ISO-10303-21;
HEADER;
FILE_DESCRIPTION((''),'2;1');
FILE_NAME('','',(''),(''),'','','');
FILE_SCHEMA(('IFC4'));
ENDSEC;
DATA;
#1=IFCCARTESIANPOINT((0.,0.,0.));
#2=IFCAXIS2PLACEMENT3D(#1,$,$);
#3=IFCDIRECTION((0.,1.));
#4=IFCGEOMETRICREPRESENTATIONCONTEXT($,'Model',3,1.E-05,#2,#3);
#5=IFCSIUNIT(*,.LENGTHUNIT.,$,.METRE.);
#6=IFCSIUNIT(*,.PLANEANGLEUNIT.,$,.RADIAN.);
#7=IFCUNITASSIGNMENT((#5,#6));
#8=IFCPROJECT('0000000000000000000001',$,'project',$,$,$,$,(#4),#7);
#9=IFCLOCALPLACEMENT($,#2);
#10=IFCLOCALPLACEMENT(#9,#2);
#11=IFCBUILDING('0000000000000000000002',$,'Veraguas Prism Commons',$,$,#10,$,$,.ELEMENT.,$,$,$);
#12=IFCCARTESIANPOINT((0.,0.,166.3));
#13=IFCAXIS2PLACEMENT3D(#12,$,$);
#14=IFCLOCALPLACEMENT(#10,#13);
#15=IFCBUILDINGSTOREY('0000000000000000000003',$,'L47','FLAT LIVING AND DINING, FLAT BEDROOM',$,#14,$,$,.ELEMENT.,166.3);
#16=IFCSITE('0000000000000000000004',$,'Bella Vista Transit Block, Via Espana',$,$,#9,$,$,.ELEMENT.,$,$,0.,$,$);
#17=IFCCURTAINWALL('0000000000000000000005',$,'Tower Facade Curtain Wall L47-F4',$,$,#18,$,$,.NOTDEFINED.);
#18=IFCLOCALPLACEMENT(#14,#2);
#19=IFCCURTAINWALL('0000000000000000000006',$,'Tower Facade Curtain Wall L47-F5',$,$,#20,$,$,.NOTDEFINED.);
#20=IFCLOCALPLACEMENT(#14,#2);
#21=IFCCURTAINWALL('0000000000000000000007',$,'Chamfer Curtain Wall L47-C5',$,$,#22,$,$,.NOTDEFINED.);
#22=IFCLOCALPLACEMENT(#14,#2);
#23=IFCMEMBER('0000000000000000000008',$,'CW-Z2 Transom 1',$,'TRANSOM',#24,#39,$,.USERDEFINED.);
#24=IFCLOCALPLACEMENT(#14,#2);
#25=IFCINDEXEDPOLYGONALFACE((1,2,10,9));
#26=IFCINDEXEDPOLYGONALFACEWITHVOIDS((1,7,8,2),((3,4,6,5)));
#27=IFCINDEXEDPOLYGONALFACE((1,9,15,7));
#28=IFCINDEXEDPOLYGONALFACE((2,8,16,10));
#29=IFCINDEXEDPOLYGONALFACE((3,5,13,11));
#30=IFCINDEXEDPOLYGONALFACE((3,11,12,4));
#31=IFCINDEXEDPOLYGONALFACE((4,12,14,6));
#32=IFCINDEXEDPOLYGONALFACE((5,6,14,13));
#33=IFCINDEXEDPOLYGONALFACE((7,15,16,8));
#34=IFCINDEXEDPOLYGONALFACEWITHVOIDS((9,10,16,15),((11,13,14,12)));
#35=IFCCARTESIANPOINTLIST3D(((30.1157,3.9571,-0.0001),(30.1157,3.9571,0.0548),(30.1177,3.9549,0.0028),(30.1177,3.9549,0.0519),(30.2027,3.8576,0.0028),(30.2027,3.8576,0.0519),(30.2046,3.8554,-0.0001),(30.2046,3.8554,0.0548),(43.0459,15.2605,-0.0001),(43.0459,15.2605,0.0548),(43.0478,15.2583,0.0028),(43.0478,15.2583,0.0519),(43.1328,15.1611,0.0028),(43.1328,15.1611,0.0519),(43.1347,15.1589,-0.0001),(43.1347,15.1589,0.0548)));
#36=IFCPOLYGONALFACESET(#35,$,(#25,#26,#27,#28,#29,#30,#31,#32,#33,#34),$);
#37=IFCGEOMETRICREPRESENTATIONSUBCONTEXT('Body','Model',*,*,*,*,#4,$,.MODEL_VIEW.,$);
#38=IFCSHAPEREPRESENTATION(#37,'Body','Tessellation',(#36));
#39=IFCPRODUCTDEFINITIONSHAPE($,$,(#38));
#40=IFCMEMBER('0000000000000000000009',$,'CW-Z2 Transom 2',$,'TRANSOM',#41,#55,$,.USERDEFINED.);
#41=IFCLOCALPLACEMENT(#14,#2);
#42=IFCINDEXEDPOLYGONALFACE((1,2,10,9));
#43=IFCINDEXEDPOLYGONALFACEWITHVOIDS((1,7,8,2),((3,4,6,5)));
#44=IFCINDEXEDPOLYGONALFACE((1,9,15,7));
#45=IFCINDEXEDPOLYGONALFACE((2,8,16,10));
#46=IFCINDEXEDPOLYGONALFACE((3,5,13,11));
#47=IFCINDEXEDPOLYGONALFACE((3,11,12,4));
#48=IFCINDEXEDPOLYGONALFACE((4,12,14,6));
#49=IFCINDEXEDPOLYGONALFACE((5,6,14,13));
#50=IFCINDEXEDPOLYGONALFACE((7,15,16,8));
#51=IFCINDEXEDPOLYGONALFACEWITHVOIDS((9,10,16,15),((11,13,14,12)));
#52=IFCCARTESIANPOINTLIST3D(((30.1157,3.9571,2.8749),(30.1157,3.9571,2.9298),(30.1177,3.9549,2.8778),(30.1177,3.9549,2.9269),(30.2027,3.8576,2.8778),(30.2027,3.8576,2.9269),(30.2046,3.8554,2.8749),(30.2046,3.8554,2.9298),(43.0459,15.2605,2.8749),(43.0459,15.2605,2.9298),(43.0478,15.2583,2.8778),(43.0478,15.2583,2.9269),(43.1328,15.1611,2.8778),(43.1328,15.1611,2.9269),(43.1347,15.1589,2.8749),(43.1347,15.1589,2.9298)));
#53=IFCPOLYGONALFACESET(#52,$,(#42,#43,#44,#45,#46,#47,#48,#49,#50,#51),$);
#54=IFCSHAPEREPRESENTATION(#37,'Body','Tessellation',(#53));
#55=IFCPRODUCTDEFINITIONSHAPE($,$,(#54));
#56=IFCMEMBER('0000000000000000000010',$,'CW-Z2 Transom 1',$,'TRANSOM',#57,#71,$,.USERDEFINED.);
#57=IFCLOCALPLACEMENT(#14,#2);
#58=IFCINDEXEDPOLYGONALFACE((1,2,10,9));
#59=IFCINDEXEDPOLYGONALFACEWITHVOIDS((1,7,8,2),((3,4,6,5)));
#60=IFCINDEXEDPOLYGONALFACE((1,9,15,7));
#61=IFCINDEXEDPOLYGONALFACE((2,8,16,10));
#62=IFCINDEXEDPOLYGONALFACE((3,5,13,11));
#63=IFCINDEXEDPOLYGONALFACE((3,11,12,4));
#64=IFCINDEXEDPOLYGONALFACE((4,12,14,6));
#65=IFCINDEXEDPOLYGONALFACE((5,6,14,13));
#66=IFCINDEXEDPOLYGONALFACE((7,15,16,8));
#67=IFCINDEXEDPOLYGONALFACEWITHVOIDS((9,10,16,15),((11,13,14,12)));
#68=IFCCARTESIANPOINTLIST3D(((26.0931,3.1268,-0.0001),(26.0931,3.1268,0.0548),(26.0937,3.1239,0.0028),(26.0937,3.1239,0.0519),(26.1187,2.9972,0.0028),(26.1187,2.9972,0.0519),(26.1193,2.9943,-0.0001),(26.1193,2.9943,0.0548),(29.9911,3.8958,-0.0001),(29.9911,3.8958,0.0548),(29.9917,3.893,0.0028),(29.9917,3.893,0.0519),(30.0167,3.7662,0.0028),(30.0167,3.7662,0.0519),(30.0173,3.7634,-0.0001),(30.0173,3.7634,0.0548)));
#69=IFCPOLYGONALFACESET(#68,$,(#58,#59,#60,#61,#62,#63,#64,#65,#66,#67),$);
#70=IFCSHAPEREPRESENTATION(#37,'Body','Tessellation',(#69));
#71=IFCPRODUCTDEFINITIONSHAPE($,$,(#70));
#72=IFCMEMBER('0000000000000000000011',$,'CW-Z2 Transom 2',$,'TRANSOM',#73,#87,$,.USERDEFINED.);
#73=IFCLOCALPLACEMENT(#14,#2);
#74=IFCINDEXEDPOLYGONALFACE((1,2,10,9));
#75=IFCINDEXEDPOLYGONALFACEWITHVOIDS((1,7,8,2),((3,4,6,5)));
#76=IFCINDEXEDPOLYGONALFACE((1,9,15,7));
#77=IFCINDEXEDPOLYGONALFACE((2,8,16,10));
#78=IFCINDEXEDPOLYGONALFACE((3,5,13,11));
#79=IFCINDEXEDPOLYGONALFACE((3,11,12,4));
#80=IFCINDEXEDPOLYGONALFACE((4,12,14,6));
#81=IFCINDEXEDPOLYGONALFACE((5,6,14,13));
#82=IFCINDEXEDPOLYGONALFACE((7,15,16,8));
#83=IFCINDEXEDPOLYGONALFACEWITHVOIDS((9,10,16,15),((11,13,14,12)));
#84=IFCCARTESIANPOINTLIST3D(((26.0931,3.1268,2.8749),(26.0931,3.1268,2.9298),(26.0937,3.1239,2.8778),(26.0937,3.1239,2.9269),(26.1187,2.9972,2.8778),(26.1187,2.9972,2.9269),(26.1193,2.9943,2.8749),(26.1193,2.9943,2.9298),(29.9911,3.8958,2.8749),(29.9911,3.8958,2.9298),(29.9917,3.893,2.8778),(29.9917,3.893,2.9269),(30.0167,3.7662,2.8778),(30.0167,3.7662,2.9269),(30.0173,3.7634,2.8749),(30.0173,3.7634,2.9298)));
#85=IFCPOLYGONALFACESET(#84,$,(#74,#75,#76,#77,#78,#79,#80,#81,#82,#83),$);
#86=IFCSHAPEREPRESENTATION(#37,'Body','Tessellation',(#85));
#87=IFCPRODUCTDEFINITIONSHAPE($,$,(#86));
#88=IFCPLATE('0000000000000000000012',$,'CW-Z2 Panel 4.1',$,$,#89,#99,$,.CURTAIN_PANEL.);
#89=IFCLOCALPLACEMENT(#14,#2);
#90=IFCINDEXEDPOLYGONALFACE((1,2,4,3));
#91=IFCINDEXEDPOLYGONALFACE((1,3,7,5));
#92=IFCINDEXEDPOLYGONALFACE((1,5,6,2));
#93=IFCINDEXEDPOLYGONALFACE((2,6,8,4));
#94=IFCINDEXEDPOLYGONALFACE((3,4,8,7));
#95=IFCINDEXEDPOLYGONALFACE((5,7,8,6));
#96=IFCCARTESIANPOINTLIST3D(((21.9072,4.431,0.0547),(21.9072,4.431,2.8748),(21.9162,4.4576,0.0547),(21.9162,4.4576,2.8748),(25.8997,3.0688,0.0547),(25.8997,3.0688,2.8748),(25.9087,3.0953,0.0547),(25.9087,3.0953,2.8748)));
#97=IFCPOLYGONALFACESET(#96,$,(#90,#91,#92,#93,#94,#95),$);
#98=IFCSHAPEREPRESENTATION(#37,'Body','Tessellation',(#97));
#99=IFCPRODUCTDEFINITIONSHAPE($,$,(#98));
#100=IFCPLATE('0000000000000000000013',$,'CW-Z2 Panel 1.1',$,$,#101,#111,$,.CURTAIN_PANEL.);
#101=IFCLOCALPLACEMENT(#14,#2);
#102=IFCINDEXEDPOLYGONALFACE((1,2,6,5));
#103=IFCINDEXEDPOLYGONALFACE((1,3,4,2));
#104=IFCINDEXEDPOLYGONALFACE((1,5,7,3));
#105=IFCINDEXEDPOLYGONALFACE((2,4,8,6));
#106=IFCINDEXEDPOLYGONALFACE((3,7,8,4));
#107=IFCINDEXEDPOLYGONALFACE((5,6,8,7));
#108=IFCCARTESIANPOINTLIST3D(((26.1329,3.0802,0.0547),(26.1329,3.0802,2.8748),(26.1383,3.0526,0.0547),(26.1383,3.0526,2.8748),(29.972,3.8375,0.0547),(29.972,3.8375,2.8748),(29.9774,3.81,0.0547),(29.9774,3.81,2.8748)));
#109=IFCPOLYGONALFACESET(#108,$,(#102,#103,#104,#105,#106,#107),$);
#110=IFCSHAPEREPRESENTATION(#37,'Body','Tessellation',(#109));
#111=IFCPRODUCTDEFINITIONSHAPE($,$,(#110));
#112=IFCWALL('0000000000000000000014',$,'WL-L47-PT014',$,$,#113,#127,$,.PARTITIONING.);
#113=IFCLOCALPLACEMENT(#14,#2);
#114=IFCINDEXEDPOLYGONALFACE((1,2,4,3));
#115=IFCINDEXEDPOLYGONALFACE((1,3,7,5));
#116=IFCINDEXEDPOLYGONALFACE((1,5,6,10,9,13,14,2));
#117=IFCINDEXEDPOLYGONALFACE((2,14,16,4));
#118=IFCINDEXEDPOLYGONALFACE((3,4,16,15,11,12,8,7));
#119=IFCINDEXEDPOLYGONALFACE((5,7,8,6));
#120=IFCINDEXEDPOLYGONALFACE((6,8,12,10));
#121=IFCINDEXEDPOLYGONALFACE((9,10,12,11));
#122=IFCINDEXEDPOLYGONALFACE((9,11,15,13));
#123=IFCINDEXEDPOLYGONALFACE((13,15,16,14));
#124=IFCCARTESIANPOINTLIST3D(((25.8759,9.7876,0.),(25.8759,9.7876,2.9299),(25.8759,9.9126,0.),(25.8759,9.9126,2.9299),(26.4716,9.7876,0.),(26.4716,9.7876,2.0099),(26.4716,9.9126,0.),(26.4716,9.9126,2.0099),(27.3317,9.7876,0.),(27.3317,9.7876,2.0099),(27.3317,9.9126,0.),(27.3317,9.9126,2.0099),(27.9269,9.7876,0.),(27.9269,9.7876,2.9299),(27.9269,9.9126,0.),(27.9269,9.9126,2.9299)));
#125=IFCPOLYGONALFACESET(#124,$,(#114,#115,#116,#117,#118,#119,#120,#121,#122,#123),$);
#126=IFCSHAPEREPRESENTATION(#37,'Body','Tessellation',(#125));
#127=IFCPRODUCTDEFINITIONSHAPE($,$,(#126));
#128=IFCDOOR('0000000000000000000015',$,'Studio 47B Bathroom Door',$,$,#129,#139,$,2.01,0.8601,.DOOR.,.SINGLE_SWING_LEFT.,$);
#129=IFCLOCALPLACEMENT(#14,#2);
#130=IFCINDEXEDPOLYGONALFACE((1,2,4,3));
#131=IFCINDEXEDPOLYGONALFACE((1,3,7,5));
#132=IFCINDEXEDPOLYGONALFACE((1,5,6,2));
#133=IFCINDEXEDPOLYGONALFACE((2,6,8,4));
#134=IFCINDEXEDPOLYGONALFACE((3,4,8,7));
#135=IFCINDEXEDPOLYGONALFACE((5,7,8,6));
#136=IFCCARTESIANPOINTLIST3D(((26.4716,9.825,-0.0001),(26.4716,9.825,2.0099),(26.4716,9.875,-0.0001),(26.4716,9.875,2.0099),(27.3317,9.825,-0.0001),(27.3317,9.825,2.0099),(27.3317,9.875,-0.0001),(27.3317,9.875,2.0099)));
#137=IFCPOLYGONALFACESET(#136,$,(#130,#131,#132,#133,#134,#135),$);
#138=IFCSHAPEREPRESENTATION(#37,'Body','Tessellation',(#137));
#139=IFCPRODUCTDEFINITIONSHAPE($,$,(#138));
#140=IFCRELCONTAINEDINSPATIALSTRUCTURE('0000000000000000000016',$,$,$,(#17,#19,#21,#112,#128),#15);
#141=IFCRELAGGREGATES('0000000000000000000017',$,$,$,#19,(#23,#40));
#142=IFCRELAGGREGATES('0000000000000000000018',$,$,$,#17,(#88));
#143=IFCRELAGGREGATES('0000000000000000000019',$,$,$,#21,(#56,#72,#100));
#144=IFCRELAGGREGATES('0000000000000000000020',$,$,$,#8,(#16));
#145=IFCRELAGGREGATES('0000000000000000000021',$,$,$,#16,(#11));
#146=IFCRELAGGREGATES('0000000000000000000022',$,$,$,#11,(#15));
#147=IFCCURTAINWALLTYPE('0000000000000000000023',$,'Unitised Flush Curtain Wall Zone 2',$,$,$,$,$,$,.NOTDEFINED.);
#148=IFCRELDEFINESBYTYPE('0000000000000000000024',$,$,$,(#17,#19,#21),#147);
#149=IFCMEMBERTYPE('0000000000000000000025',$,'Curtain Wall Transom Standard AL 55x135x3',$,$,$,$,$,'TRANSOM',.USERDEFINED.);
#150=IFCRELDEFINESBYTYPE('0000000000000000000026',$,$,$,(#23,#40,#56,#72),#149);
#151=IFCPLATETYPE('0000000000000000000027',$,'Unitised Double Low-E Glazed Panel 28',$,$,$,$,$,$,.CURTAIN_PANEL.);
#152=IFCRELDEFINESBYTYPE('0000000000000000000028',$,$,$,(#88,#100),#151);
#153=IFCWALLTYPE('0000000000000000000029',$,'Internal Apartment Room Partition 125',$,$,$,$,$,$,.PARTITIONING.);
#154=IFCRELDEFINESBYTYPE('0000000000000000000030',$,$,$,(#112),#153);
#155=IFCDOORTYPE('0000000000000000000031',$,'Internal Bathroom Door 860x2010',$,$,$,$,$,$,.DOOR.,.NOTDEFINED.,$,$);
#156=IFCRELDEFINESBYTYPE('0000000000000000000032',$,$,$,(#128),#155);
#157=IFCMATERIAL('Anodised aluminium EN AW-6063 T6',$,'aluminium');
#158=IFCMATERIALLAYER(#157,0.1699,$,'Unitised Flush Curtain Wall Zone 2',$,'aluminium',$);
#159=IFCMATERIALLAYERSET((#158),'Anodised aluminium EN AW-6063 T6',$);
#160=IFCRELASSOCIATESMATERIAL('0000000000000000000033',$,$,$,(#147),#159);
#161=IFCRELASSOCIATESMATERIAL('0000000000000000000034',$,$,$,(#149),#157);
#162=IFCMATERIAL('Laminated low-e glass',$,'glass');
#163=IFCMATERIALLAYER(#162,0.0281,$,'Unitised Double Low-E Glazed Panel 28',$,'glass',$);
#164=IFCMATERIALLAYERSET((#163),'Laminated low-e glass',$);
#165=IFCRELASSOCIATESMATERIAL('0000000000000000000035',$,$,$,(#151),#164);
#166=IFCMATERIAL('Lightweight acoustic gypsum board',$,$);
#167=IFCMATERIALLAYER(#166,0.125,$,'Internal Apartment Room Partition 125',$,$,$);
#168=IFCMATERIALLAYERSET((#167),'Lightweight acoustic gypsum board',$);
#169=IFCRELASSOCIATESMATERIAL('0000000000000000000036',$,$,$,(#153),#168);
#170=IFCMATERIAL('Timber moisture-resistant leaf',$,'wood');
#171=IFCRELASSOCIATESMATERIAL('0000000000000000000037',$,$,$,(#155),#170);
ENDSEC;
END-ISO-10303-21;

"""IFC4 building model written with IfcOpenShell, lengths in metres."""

from ifc_helpers import new_model, si_unit, direction, frame, frame_2d, origin, origin_2d, place, context, subcontext, project, spatial, rectangle, hollow_rectangle, extrude, source, transform, mapped, material, layer, layer_set, material_profile, profile_set, type_object, element, fill, aggregate, save


model = new_model("IFC4")

# Units and contexts
model_context = context("Model", 3, precision=1e-05, world=origin(), true_north=direction((0.0, 1.0)))
body_context = subcontext(model_context, "Body", "Model", "MODEL_VIEW")
ifc_project = project(units=[si_unit("LENGTHUNIT", "METRE"), si_unit("PLANEANGLEUNIT", "RADIAN")], contexts=[model_context])

# Site, building, storey
site_placement = place(None, origin())
site = spatial("IfcSite", under=ifc_project, at=site_placement, Name="Bella Vista Transit Block, Via Espana", CompositionType="ELEMENT", RefElevation=0.0)
building_placement = place(site_placement, origin())
building = spatial("IfcBuilding", under=site, at=building_placement, Name="Veraguas Prism Commons", CompositionType="ELEMENT")
storey_placement = place(building_placement, frame((0.0, 0.0, 166.3)))
storey = spatial("IfcBuildingStorey", under=building, at=storey_placement, Name="L47", Description="FLAT LIVING AND DINING, FLAT BEDROOM", CompositionType="ELEMENT", Elevation=166.3)

# Curtain wall
ifc_material_1 = material(Name="Anodised aluminium EN AW-6063 T6", Category="aluminium")
ifc_layer_1 = layer(ifc_material_1, 0.1699, Name="Unitised Flush Curtain Wall Zone 2", Category="aluminium")
ifc_layer_set_1 = layer_set([ifc_layer_1], Name="Anodised aluminium EN AW-6063 T6")
curtain_wall_type = type_object("IfcCurtainWallType", Name="Unitised Flush Curtain Wall Zone 2", PredefinedType="NOTDEFINED", material=ifc_layer_set_1)
curtain_wall_1_placement = place(storey_placement, origin())
curtain_wall_1 = element("IfcCurtainWall", 1, at=curtain_wall_1_placement, inside=storey, type_object=curtain_wall_type, Name="Tower Facade Curtain Wall L47-F4", PredefinedType="NOTDEFINED")

# Curtain wall
curtain_wall_2_placement = place(storey_placement, origin())
curtain_wall_2 = element("IfcCurtainWall", 2, at=curtain_wall_2_placement, inside=storey, type_object=curtain_wall_type, Name="Tower Facade Curtain Wall L47-F5", PredefinedType="NOTDEFINED")

# Curtain wall
curtain_wall_3_placement = place(storey_placement, origin())
curtain_wall_3 = element("IfcCurtainWall", 3, at=curtain_wall_3_placement, inside=storey, type_object=curtain_wall_type, Name="Chamfer Curtain Wall L47-C5", PredefinedType="NOTDEFINED")

# Members
ifc_material_profile_1 = material_profile(ifc_material_1, hollow_rectangle(XDim=0.0549, YDim=0.135, WallThickness=0.0029, at=origin_2d()), Name="AL55X135X3")
ifc_profile_set_1 = profile_set([ifc_material_profile_1], Name="Anodised aluminium EN AW-6063 T6")
member_type_1 = type_object("IfcMemberType", Name="Curtain Wall Transom Standard AL 55x135x3", ElementType="TRANSOM", PredefinedType="USERDEFINED", material=ifc_profile_set_1)
shared_shape_1 = source(origin(), body_context, "Body", "SweptSolid", [
    extrude(hollow_rectangle(XDim=0.0549, YDim=0.135, WallThickness=0.0029, at=origin_2d()), origin(), (0.0, 0.0, 1.0), 17.1743),
])
member_1_placement = place(storey_placement, frame((30.1602, 3.9062, 0.0273), z_axis=(0.752878, 0.65816, 0.0), x_axis=(0.0, 0.0, 1.0)))
member_1 = element("IfcMember", 4, at=member_1_placement, type_object=member_type_1, Name="CW-Z2 Transom 1", ObjectType="TRANSOM", PredefinedType="USERDEFINED", context=body_context, shape_type="MappedRepresentation", body=[
    mapped(shared_shape_1, transform((0.0, 0.0, 0.0), scale=1.0)),
])
member_2_placement = place(storey_placement, frame((30.1602, 3.9062, 2.9023), z_axis=(0.752878, 0.65816, 0.0), x_axis=(0.0, 0.0, 1.0)))
member_2 = element("IfcMember", 5, at=member_2_placement, type_object=member_type_1, Name="CW-Z2 Transom 2", ObjectType="TRANSOM", PredefinedType="USERDEFINED", context=body_context, shape_type="MappedRepresentation", body=[
    mapped(shared_shape_1, transform((0.0, 0.0, 0.0), scale=1.0)),
])
aggregate(curtain_wall_2, [member_1, member_2])
shared_shape_2 = source(origin(), body_context, "Body", "SweptSolid", [
    extrude(hollow_rectangle(XDim=0.0549, YDim=0.135, WallThickness=0.0029, at=origin_2d()), origin(), (0.0, 0.0, 1.0), 3.9731),
])
member_3_placement = place(storey_placement, frame((26.1062, 3.0605, 0.0273), z_axis=(0.981088, 0.193563, 0.0), x_axis=(0.0, 0.0, 1.0)))
member_3 = element("IfcMember", 6, at=member_3_placement, type_object=member_type_1, Name="CW-Z2 Transom 1", ObjectType="TRANSOM", PredefinedType="USERDEFINED", context=body_context, shape_type="MappedRepresentation", body=[
    mapped(shared_shape_2, transform((0.0, 0.0, 0.0), scale=1.0)),
])
member_4_placement = place(storey_placement, frame((26.1062, 3.0605, 2.9023), z_axis=(0.981088, 0.193563, 0.0), x_axis=(0.0, 0.0, 1.0)))
member_4 = element("IfcMember", 7, at=member_4_placement, type_object=member_type_1, Name="CW-Z2 Transom 2", ObjectType="TRANSOM", PredefinedType="USERDEFINED", context=body_context, shape_type="MappedRepresentation", body=[
    mapped(shared_shape_2, transform((0.0, 0.0, 0.0), scale=1.0)),
])

# Plates
ifc_material_2 = material(Name="Laminated low-e glass", Category="glass")
ifc_layer_2 = layer(ifc_material_2, 0.0281, Name="Unitised Double Low-E Glazed Panel 28", Category="glass")
ifc_layer_set_2 = layer_set([ifc_layer_2], Name="Laminated low-e glass")
plate_type = type_object("IfcPlateType", Name="Unitised Double Low-E Glazed Panel 28", PredefinedType="CURTAIN_PANEL", material=ifc_layer_set_2)
shared_shape_3 = source(origin(), body_context, "Body", "SweptSolid", [
    extrude(rectangle(XDim=4.2185, YDim=0.0281, at=origin_2d()), origin(), (0.0, 0.0, 1.0), 2.8201),
])
plate_1_placement = place(storey_placement, frame((23.908, 3.7632, 0.0547), z_axis=(0.0, 0.0, 1.0), x_axis=(0.946425, -0.322925, 0.0)))
plate_1 = element("IfcPlate", 8, at=plate_1_placement, type_object=plate_type, Name="CW-Z2 Panel 4.1", PredefinedType="CURTAIN_PANEL", context=body_context, shape_type="MappedRepresentation", body=[
    mapped(shared_shape_3, transform((0.0, 0.0, 0.0), scale=1.0)),
])
aggregate(curtain_wall_1, [plate_1])
shared_shape_4 = source(origin(), body_context, "Body", "SweptSolid", [
    extrude(rectangle(XDim=3.9131, YDim=0.0281, at=origin_2d()), origin(), (0.0, 0.0, 1.0), 2.8201),
])
plate_2_placement = place(storey_placement, frame((28.0552, 3.4451, 0.0547), z_axis=(0.0, 0.0, 1.0), x_axis=(0.981091, 0.193549, 0.0)))
plate_2 = element("IfcPlate", 9, at=plate_2_placement, type_object=plate_type, Name="CW-Z2 Panel 1.1", PredefinedType="CURTAIN_PANEL", context=body_context, shape_type="MappedRepresentation", body=[
    mapped(shared_shape_4, transform((0.0, 0.0, 0.0), scale=1.0)),
])
aggregate(curtain_wall_3, [member_3, member_4, plate_2])

# Wall, opening, door
ifc_material_3 = material(Name="Lightweight acoustic gypsum board")
ifc_layer_3 = layer(ifc_material_3, 0.125, Name="Internal Apartment Room Partition 125")
ifc_layer_set_3 = layer_set([ifc_layer_3], Name="Lightweight acoustic gypsum board")
wall_type = type_object("IfcWallType", Name="Internal Apartment Room Partition 125", PredefinedType="PARTITIONING", material=ifc_layer_set_3)
wall_placement = place(storey_placement, frame((25.876, 9.8501, 0.0), z_axis=(0.0, 0.0, 1.0), x_axis=(1.0, 0.0, 0.0)))
wall = element("IfcWall", 10, at=wall_placement, inside=storey, type_object=wall_type, Name="WL-L47-PT014", PredefinedType="PARTITIONING", context=body_context, shape_type="SweptSolid", body=[
    extrude(rectangle(XDim=2.051, YDim=0.125, at=frame_2d((1.0254, 0.0))), origin(), (0.0, 0.0, 1.0), 2.9299),
])
opening_placement = place(wall_placement, frame((0.5955, 0.0, 0.0)))
opening = element("IfcOpeningElement", 11, at=opening_placement, cuts=wall, PredefinedType="OPENING", context=body_context, shape_type="SweptSolid", body=[
    extrude(rectangle(XDim=0.8601, YDim=2.01, at=frame_2d((0.4302, 1.0049))), frame((0.0, 0.0725, 0.0), z_axis=(0.0, -1.0, 0.0), x_axis=(1.0, 0.0, 0.0)), (0.0, 0.0, 1.0), 0.145),
])
ifc_material_4 = material(Name="Timber moisture-resistant leaf", Category="wood")
door_type = type_object("IfcDoorType", Name="Internal Bathroom Door 860x2010", OperationType="NOTDEFINED", PredefinedType="DOOR", material=ifc_material_4)
shared_shape_5 = source(origin(), body_context, "Body", "SweptSolid", [
    extrude(rectangle(XDim=0.8601, YDim=2.01, at=frame_2d((0.4302, 1.0049))), frame((0.0, 0.0249, 0.0), z_axis=(0.0, -1.0, 0.0), x_axis=(1.0, 0.0, 0.0)), (0.0, 0.0, 1.0), 0.05),
])
door_placement = place(opening_placement, origin())
door = element("IfcDoor", 12, at=door_placement, inside=storey, type_object=door_type, Name="Studio 47B Bathroom Door", OperationType="SINGLE_SWING_LEFT", OverallHeight=2.01, OverallWidth=0.8601, PredefinedType="DOOR", context=body_context, shape_type="MappedRepresentation", body=[
    mapped(shared_shape_5, transform((0.0, 0.0, 0.0), scale=1.0)),
])
fill(opening, door)

save(model, "model.ifc")
